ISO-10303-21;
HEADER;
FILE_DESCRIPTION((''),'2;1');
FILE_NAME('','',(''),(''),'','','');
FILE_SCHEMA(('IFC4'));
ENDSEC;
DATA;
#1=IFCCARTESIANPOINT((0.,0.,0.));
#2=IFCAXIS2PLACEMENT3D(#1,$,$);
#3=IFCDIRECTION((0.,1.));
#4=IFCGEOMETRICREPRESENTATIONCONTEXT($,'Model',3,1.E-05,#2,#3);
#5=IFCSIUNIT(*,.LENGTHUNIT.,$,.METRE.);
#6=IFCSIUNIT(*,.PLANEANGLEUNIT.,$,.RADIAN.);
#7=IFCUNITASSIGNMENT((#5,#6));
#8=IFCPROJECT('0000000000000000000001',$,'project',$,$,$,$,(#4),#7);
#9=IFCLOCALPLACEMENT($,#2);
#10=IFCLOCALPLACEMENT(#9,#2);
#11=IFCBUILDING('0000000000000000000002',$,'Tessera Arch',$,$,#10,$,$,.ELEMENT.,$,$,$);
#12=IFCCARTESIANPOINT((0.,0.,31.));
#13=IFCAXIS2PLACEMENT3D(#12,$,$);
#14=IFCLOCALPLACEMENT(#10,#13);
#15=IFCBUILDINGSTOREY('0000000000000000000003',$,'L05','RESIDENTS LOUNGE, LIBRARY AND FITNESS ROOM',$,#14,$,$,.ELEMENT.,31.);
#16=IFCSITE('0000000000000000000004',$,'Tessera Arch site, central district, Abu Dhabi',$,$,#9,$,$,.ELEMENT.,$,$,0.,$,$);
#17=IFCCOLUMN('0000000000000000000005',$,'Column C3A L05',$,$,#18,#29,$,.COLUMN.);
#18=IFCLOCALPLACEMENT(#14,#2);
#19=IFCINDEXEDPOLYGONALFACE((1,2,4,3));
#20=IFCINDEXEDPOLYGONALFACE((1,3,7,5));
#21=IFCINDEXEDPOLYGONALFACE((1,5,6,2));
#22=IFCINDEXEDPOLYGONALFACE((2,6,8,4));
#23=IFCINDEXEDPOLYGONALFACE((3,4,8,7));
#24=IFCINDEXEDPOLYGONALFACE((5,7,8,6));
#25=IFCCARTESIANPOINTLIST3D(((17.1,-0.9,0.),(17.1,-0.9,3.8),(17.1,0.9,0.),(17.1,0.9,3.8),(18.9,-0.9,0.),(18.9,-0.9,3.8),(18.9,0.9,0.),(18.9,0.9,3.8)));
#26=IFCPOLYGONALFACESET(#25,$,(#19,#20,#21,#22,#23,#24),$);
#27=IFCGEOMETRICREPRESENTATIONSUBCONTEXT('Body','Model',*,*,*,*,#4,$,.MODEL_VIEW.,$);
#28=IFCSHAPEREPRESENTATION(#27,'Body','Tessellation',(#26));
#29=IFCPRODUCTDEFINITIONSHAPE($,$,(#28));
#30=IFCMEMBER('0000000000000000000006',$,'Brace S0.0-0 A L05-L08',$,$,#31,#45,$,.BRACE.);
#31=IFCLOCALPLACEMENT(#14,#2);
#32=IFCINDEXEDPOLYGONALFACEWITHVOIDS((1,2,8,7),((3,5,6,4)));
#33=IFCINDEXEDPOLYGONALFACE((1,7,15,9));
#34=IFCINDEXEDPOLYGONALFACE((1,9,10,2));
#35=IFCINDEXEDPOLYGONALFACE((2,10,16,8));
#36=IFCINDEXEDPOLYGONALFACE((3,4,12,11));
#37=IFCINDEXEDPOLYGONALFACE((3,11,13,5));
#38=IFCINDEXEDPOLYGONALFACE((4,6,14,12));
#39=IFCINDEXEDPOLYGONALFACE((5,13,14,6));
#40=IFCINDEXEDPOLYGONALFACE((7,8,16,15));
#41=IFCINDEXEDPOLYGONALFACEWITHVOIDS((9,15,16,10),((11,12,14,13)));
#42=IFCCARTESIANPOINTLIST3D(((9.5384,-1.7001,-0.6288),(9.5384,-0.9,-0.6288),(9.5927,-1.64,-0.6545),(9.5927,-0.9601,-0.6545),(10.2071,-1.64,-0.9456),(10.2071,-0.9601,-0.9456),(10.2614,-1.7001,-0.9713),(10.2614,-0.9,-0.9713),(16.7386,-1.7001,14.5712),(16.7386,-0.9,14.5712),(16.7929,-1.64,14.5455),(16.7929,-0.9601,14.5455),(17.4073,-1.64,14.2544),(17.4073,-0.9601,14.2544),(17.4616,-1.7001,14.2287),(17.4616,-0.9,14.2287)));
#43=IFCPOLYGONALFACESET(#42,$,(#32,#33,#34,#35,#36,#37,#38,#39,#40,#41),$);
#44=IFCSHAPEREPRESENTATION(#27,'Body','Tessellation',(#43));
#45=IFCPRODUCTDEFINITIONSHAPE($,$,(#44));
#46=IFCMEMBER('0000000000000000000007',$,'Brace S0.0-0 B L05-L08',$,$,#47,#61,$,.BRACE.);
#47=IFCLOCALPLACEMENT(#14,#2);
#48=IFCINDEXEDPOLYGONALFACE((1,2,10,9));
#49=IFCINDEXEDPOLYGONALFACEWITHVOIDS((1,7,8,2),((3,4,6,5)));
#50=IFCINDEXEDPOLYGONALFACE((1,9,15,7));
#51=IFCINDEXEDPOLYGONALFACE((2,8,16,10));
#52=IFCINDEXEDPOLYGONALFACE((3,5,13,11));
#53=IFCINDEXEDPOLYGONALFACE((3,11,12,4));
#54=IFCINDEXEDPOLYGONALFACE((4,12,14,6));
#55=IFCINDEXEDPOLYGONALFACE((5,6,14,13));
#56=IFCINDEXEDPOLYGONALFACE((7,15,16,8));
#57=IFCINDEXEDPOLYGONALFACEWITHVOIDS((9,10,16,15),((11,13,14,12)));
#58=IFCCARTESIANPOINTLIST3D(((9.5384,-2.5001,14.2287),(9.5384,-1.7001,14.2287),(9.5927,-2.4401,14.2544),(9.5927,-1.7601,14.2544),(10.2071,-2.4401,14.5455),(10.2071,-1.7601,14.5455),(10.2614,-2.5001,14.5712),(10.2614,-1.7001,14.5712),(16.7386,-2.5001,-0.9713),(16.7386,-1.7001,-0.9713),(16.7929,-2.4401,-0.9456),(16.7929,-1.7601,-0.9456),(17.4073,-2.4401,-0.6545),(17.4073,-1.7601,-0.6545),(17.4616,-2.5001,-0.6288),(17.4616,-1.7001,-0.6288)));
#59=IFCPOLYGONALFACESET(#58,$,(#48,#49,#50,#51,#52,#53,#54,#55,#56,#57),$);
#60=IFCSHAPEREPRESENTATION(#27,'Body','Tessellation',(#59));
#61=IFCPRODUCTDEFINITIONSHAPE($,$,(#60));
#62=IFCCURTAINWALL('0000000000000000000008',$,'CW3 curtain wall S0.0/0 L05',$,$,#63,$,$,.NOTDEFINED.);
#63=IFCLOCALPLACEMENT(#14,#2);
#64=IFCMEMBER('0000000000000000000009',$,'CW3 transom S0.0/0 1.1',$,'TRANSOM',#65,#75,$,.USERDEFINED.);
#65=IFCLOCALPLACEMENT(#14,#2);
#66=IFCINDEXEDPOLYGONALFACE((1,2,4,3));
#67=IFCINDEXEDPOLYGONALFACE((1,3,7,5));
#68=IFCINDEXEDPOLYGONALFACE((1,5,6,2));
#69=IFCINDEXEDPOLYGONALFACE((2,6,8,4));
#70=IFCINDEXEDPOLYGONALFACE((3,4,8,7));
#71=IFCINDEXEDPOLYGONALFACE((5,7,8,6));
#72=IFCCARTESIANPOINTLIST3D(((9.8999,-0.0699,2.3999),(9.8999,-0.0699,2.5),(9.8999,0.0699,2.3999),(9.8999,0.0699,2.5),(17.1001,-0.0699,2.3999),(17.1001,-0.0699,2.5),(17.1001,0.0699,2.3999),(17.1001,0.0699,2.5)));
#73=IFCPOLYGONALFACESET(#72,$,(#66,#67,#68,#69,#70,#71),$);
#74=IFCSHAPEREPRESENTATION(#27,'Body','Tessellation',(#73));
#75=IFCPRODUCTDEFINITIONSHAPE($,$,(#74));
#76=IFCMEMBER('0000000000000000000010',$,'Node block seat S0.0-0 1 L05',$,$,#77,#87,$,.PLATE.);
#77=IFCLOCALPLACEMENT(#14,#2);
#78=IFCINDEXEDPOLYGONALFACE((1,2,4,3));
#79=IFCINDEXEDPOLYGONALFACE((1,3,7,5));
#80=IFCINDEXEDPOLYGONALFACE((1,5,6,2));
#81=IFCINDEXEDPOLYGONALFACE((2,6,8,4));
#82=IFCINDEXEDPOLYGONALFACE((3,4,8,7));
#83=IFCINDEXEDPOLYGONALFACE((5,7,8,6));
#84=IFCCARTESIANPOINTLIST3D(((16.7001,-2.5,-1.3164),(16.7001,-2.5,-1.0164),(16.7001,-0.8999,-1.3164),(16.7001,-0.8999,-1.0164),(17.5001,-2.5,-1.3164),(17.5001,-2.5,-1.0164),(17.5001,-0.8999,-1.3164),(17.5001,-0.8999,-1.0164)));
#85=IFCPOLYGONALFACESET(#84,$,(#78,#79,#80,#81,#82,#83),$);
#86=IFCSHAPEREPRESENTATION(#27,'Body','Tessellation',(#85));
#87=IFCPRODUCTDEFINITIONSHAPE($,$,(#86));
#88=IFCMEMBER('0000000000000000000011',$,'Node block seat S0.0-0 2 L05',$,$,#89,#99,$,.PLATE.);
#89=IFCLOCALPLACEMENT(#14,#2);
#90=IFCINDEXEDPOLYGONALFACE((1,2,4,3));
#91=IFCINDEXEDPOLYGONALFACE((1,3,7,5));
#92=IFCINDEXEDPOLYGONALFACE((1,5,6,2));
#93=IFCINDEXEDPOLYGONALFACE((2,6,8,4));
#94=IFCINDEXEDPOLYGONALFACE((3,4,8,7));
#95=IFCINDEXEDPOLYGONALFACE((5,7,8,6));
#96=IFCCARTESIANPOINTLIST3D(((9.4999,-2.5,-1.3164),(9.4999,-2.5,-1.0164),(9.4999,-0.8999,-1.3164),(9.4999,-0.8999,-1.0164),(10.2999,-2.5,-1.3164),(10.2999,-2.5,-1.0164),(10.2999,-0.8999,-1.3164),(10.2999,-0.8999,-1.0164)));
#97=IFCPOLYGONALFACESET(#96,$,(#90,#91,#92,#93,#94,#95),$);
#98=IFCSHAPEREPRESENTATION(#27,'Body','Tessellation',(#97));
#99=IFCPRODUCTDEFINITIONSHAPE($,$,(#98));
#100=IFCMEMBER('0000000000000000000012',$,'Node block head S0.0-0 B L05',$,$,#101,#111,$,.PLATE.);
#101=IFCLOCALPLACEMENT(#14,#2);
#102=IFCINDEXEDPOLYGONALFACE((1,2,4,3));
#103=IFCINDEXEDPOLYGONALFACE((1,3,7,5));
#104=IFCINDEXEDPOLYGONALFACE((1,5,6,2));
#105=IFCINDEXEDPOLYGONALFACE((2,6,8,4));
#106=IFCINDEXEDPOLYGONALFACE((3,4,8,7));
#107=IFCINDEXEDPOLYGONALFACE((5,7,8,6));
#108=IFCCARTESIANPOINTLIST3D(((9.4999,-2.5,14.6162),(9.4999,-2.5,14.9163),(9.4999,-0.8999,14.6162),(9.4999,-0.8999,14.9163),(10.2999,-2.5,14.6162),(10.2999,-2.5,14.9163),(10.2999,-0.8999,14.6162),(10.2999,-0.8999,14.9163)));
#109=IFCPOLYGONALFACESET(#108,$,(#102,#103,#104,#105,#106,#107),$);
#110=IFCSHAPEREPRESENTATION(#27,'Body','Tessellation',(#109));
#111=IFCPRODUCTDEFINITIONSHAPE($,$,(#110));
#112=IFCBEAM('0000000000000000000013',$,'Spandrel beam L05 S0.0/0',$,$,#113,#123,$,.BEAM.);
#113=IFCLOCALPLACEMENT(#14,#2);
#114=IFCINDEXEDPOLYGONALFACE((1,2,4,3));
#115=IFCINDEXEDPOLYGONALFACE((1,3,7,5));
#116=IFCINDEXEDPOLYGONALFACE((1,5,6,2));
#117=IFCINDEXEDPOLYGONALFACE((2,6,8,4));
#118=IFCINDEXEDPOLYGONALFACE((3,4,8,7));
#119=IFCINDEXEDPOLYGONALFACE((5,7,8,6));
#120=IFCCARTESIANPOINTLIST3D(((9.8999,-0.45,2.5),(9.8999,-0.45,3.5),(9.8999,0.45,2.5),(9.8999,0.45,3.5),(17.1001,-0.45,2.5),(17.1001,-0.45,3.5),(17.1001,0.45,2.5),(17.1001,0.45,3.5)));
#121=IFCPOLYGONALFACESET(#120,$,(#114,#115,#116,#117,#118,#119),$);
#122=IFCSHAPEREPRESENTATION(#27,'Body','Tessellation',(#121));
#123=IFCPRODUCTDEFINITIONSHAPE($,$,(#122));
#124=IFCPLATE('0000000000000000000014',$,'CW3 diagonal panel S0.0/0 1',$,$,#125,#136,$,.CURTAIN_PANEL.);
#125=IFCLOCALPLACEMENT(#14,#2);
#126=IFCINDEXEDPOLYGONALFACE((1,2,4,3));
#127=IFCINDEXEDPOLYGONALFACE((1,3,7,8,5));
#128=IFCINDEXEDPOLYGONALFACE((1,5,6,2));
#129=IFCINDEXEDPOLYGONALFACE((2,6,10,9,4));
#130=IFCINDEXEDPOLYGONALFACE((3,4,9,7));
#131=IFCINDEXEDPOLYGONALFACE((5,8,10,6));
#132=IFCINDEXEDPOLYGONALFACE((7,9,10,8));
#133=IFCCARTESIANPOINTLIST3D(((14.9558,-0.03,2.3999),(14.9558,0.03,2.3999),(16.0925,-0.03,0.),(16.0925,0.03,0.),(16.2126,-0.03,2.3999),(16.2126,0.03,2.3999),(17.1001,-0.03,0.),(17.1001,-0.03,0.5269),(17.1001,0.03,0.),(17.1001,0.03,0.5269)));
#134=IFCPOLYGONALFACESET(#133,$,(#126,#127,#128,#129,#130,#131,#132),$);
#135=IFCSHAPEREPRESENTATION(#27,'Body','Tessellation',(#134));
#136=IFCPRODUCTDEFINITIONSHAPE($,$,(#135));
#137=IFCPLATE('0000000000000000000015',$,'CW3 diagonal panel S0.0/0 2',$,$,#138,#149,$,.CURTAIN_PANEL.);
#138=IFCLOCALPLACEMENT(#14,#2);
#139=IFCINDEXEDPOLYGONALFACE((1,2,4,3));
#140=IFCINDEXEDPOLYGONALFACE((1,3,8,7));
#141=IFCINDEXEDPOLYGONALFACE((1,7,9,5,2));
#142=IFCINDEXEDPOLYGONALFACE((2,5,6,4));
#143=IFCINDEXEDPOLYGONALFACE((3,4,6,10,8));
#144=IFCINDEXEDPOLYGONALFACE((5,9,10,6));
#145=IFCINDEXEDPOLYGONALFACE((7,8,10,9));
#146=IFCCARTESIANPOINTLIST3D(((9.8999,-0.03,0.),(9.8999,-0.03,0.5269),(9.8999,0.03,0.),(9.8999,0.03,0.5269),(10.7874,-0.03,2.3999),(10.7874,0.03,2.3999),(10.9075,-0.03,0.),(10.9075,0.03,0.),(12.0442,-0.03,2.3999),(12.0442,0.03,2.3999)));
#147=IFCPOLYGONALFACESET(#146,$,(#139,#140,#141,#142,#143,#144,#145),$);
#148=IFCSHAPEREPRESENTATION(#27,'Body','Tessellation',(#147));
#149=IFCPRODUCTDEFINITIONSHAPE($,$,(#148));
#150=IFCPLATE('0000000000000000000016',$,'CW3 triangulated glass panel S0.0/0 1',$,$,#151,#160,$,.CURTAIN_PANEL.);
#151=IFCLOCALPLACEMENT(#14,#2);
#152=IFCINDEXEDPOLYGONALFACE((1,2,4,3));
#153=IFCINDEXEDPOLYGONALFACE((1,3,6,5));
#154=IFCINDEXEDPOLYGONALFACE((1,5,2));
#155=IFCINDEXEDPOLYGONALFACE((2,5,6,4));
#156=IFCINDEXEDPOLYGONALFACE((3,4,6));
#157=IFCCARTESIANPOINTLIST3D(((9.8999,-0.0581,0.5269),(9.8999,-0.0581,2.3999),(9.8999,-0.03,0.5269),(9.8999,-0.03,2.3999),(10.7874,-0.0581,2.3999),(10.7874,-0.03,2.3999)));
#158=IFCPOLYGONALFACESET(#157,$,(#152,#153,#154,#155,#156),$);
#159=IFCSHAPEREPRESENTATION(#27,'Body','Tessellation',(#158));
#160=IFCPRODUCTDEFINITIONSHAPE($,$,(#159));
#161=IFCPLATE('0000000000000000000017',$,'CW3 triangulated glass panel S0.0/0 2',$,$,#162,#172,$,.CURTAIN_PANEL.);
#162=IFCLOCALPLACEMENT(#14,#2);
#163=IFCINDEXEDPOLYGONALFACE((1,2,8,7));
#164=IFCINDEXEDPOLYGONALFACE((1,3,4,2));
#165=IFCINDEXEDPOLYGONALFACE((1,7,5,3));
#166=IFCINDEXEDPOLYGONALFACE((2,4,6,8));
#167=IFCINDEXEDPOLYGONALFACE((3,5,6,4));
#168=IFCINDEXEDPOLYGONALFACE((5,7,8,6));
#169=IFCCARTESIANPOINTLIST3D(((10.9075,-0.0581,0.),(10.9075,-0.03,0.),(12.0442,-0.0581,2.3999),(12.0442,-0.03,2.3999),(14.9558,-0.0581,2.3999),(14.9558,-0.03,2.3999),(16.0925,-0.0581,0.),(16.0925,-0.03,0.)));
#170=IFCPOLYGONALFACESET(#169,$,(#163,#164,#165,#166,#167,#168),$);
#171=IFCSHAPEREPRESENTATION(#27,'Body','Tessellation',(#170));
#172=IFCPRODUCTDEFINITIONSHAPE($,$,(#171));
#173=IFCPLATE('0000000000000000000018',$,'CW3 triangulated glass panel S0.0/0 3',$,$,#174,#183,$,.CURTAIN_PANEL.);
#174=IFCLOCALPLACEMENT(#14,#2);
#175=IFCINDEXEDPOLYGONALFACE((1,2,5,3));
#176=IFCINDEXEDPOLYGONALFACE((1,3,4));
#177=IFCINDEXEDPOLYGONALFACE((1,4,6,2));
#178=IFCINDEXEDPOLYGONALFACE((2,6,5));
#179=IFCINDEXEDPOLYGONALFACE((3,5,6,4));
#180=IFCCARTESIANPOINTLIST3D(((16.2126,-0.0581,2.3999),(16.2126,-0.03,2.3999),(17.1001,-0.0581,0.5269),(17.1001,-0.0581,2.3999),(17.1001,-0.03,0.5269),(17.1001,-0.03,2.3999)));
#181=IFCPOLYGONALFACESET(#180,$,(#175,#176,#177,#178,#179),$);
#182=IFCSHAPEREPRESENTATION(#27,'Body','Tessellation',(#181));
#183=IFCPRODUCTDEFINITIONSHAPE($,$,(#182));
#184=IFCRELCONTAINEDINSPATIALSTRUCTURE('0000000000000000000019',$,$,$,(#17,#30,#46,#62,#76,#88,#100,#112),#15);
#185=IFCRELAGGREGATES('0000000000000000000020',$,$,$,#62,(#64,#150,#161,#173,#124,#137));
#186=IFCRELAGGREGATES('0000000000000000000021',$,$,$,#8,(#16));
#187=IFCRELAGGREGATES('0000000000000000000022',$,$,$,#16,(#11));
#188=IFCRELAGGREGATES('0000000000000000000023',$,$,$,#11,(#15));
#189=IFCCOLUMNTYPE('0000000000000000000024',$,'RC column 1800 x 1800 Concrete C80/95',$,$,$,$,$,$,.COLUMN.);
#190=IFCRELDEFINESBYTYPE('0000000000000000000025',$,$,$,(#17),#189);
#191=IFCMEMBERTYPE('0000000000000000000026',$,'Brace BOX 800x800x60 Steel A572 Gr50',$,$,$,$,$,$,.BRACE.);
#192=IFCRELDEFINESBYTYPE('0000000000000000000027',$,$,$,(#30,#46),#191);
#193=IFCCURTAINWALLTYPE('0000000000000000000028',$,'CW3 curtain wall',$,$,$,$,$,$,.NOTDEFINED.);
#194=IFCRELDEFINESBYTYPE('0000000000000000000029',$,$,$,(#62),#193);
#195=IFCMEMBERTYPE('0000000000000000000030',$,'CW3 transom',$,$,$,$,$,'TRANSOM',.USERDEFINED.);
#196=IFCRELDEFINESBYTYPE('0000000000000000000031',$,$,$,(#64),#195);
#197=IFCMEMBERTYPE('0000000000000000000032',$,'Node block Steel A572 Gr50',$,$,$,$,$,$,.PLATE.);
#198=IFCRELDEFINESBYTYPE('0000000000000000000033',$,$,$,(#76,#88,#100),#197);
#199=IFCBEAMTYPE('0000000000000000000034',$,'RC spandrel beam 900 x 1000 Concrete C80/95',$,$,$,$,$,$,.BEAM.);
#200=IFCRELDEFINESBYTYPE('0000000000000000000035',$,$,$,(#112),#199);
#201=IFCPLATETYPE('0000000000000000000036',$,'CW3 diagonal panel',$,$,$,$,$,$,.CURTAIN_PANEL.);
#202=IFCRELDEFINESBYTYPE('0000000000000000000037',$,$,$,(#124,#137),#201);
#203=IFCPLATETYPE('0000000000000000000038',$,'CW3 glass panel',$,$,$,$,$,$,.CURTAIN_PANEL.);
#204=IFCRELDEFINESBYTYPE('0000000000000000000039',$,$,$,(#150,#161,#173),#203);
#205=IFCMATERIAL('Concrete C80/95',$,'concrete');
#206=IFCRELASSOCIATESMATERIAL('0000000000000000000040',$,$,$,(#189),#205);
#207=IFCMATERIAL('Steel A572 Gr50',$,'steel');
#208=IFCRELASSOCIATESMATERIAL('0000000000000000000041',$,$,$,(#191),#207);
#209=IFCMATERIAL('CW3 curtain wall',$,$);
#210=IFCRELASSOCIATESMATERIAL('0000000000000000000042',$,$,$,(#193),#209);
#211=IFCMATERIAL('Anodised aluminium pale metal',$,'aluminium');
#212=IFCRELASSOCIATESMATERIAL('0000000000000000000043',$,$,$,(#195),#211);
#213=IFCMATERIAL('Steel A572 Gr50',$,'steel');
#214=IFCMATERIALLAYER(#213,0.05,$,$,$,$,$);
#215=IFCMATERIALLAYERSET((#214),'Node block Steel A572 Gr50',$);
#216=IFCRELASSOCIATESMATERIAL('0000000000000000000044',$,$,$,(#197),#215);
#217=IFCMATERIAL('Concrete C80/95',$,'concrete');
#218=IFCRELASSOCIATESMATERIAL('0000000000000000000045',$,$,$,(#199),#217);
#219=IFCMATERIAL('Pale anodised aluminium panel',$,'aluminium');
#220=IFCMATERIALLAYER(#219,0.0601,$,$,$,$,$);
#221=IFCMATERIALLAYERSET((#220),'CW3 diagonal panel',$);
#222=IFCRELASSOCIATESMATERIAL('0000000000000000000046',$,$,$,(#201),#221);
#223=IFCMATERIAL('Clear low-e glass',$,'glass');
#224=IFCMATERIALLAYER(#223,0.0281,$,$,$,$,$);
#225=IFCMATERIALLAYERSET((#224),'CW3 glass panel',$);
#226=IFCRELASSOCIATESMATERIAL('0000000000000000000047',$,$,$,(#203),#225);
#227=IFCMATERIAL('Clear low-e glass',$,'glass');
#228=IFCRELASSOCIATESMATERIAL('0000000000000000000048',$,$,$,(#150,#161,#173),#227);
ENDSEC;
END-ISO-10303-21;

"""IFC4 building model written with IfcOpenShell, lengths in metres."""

from ifc_helpers import new_model, si_unit, direction, frame, origin, origin_2d, place, context, subcontext, project, spatial, polyline, rectangle, hollow_rectangle, outline, extrude, material, layer, layer_set, material_profile, profile_set, type_object, element, aggregate, save


model = new_model("IFC4")

# Units and contexts
model_context = context("Model", 3, precision=1e-05, world=origin(), true_north=direction((0.0, 1.0)))
body_context = subcontext(model_context, "Body", "Model", "MODEL_VIEW")
ifc_project = project(units=[si_unit("LENGTHUNIT", "METRE"), si_unit("PLANEANGLEUNIT", "RADIAN")], contexts=[model_context])

# Site, building, storey
site_placement = place(None, origin())
site = spatial("IfcSite", under=ifc_project, at=site_placement, Name="Tessera Arch site, central district, Abu Dhabi", CompositionType="ELEMENT", RefElevation=0.0)
building_placement = place(site_placement, origin())
building = spatial("IfcBuilding", under=site, at=building_placement, Name="Tessera Arch", CompositionType="ELEMENT")
storey_placement = place(building_placement, frame((0.0, 0.0, 31.0)))
storey = spatial("IfcBuildingStorey", under=building, at=storey_placement, Name="L05", Description="RESIDENTS LOUNGE, LIBRARY AND FITNESS ROOM", CompositionType="ELEMENT", Elevation=31.0)

# Column
ifc_material_1 = material(Name="Concrete C80/95", Category="concrete")
ifc_material_profile_1 = material_profile(ifc_material_1, rectangle(XDim=1.8, YDim=1.8, at=origin_2d()), Name="RC column 1800 x 1800 Concrete C80/95")
ifc_profile_set_1 = profile_set([ifc_material_profile_1], Name="Concrete C80/95")
column_type = type_object("IfcColumnType", Name="RC column 1800 x 1800 Concrete C80/95", PredefinedType="COLUMN", material=ifc_profile_set_1)
column_placement = place(storey_placement, frame((18.0, 0.0, 0.0), z_axis=(0.0, 0.0, 1.0), x_axis=(1.0, 0.0, 0.0)))
element("IfcColumn", 1, at=column_placement, inside=storey, type_object=column_type, Name="Column C3A L05", PredefinedType="COLUMN", context=body_context, shape_type="SweptSolid", body=[
    extrude(rectangle(XDim=1.8, YDim=1.8, at=origin_2d()), origin(), (0.0, 0.0, 1.0), 3.8),
])

# Members
ifc_material_2 = material(Name="Steel A572 Gr50", Category="steel")
ifc_material_profile_2 = material_profile(ifc_material_2, hollow_rectangle(XDim=0.8, YDim=0.8, WallThickness=0.0601, at=origin_2d()), Name="BOX 800x800x60")
ifc_profile_set_2 = profile_set([ifc_material_profile_2], Name="Steel A572 Gr50")
member_type_1 = type_object("IfcMemberType", Name="Brace BOX 800x800x60 Steel A572 Gr50", PredefinedType="BRACE", material=ifc_profile_set_2)
for number, where, z_axis, x_axis, name in (
    (2, (9.8999, -1.3, -0.8), (0.428097, 0.0, 0.903733), (0.0, 1.0, 0.0), "Brace S0.0-0 A L05-L08"),
    (3, (17.1001, -2.1001, -0.8), (-0.428097, 0.0, 0.903733), (0.0, -1.0, 0.0), "Brace S0.0-0 B L05-L08"),
):
    element("IfcMember", number, at=place(storey_placement, frame(where, z_axis=z_axis, x_axis=x_axis)), inside=storey, type_object=member_type_1, Name=name, PredefinedType="BRACE", context=body_context, shape_type="SweptSolid", body=[
        extrude(hollow_rectangle(XDim=0.8, YDim=0.8, WallThickness=0.0601, at=origin_2d()), origin(), (0.0, 0.0, 1.0), 16.8191),
    ])

# Curtain wall, member
ifc_material_3 = material(Name="CW3 curtain wall")
curtain_wall_type = type_object("IfcCurtainWallType", Name="CW3 curtain wall", PredefinedType="NOTDEFINED", material=ifc_material_3)
curtain_wall_placement = place(storey_placement, origin())
curtain_wall = element("IfcCurtainWall", 4, at=curtain_wall_placement, inside=storey, type_object=curtain_wall_type, Name="CW3 curtain wall S0.0/0 L05", PredefinedType="NOTDEFINED")
ifc_material_4 = material(Name="Anodised aluminium pale metal", Category="aluminium")
ifc_material_profile_3 = material_profile(ifc_material_4, rectangle(XDim=0.1399, YDim=0.1001, at=origin_2d()), Name="AL 140x100")
ifc_profile_set_3 = profile_set([ifc_material_profile_3], Name="Anodised aluminium pale metal")
member_type_2 = type_object("IfcMemberType", Name="CW3 transom", ElementType="TRANSOM", PredefinedType="USERDEFINED", material=ifc_profile_set_3)
member_placement = place(storey_placement, frame((9.8999, 0.0, 2.45), z_axis=(1.0, 0.0, 0.0), x_axis=(0.0, 1.0, 0.0)))
member = element("IfcMember", 5, at=member_placement, type_object=member_type_2, Name="CW3 transom S0.0/0 1.1", ObjectType="TRANSOM", PredefinedType="USERDEFINED", context=body_context, shape_type="SweptSolid", body=[
    extrude(rectangle(XDim=0.1399, YDim=0.1001, at=origin_2d()), origin(), (0.0, 0.0, 1.0), 7.2002),
])

# Members
ifc_material_5 = material(Name="Steel A572 Gr50", Category="steel")
ifc_layer_1 = layer(ifc_material_5, 0.05)
ifc_layer_set_1 = layer_set([ifc_layer_1], Name="Node block Steel A572 Gr50")
member_type_3 = type_object("IfcMemberType", Name="Node block Steel A572 Gr50", PredefinedType="PLATE", material=ifc_layer_set_1)
for number, where, z_axis, x_axis, name in (
    (6, (17.1001, -1.7, -1.3164), (0.0, 0.0, 1.0), (1.0, 0.0, 0.0), "Node block seat S0.0-0 1 L05"),
    (7, (9.8999, -1.7, -1.3164), (0.0, 0.0, 1.0), (1.0, 0.0, 0.0), "Node block seat S0.0-0 2 L05"),
    (8, (9.8999, -1.7, 14.6162), (0.0, 0.0, 1.0), (1.0, 0.0, 0.0), "Node block head S0.0-0 B L05"),
):
    element("IfcMember", number, at=place(storey_placement, frame(where, z_axis=z_axis, x_axis=x_axis)), inside=storey, type_object=member_type_3, Name=name, PredefinedType="PLATE", context=body_context, shape_type="SweptSolid", body=[
        extrude(rectangle(XDim=0.8, YDim=1.6001, at=origin_2d()), origin(), (0.0, 0.0, 1.0), 0.3),
    ])

# Beam
ifc_material_6 = material(Name="Concrete C80/95", Category="concrete")
ifc_material_profile_4 = material_profile(ifc_material_6, rectangle(XDim=0.8999, YDim=1.0, at=origin_2d()), Name="RC spandrel beam 900 x 1000 Concrete C80/95")
ifc_profile_set_4 = profile_set([ifc_material_profile_4], Name="Concrete C80/95")
beam_type = type_object("IfcBeamType", Name="RC spandrel beam 900 x 1000 Concrete C80/95", PredefinedType="BEAM", material=ifc_profile_set_4)
beam_placement = place(storey_placement, frame((9.8999, 0.0, 3.0), z_axis=(1.0, 0.0, 0.0), x_axis=(0.0, 1.0, 0.0)))
element("IfcBeam", 9, at=beam_placement, inside=storey, type_object=beam_type, Name="Spandrel beam L05 S0.0/0", PredefinedType="BEAM", context=body_context, shape_type="SweptSolid", body=[
    extrude(rectangle(XDim=0.8999, YDim=1.0, at=origin_2d()), origin(), (0.0, 0.0, 1.0), 7.2002),
])

# Plates
ifc_material_7 = material(Name="Pale anodised aluminium panel", Category="aluminium")
ifc_layer_2 = layer(ifc_material_7, 0.0601)
ifc_layer_set_2 = layer_set([ifc_layer_2], Name="CW3 diagonal panel")
plate_type_1 = type_object("IfcPlateType", Name="CW3 diagonal panel", PredefinedType="CURTAIN_PANEL", material=ifc_layer_set_2)
plate_1_placement = place(storey_placement, frame((17.1001, -0.03, 0.0), z_axis=(0.0, -1.0, 0.0), x_axis=(0.0, 0.0, 1.0)))
plate_1 = element("IfcPlate", 10, at=plate_1_placement, type_object=plate_type_1, Name="CW3 diagonal panel S0.0/0 1", PredefinedType="CURTAIN_PANEL", context=body_context, shape_type="SweptSolid", body=[
    extrude(outline(polyline([(0.0, 0.0), (0.5269, 0.0), (2.3999, 0.8875), (2.3999, 2.1443), (0.0, 1.0076), (0.0, 0.0)])), origin(), (0.0, 0.0, -1.0), 0.0601),
])
plate_2_placement = place(storey_placement, frame((12.0442, -0.03, 2.3999), z_axis=(0.0, -1.0, 0.0), x_axis=(-1.0, 0.0, 0.0)))
plate_2 = element("IfcPlate", 11, at=plate_2_placement, type_object=plate_type_1, Name="CW3 diagonal panel S0.0/0 2", PredefinedType="CURTAIN_PANEL", context=body_context, shape_type="SweptSolid", body=[
    extrude(outline(polyline([(0.0, 0.0), (1.2568, 0.0), (2.1443, 1.873), (2.1443, 2.3999), (1.1367, 2.3999), (0.0, 0.0)])), origin(), (0.0, 0.0, -1.0), 0.0601),
])
ifc_material_8 = material(Name="Clear low-e glass", Category="glass")
ifc_material_9 = material(Name="Clear low-e glass", Category="glass")
ifc_layer_3 = layer(ifc_material_9, 0.0281)
ifc_layer_set_3 = layer_set([ifc_layer_3], Name="CW3 glass panel")
plate_type_2 = type_object("IfcPlateType", Name="CW3 glass panel", PredefinedType="CURTAIN_PANEL", material=ifc_layer_set_3)
plate_3_placement = place(storey_placement, frame((9.8999, -0.0581, 2.3999), z_axis=(0.0, -1.0, 0.0), x_axis=(0.0, 0.0, -1.0)))
plate_3 = element("IfcPlate", 12, at=plate_3_placement, type_object=plate_type_2, material=ifc_material_8, Name="CW3 triangulated glass panel S0.0/0 1", PredefinedType="CURTAIN_PANEL", context=body_context, shape_type="SweptSolid", body=[
    extrude(outline(polyline([(0.0, 0.0), (1.873, 0.0), (0.0, 0.8875), (0.0, 0.0)])), origin(), (0.0, 0.0, -1.0), 0.0281),
])
plate_4_placement = place(storey_placement, frame((14.9558, -0.0581, 2.3999), z_axis=(0.0, -1.0, 0.0), x_axis=(-1.0, 0.0, 0.0)))
plate_4 = element("IfcPlate", 13, at=plate_4_placement, type_object=plate_type_2, material=ifc_material_8, Name="CW3 triangulated glass panel S0.0/0 2", PredefinedType="CURTAIN_PANEL", context=body_context, shape_type="SweptSolid", body=[
    extrude(outline(polyline([(0.0, 0.0), (2.9116, 0.0), (4.0483, 2.3999), (-1.1367, 2.3999), (0.0, 0.0)])), origin(), (0.0, 0.0, -1.0), 0.0281),
])
plate_5_placement = place(storey_placement, frame((17.1001, -0.0581, 2.3999), z_axis=(0.0, -1.0, 0.0), x_axis=(-1.0, 0.0, 0.0)))
plate_5 = element("IfcPlate", 14, at=plate_5_placement, type_object=plate_type_2, material=ifc_material_8, Name="CW3 triangulated glass panel S0.0/0 3", PredefinedType="CURTAIN_PANEL", context=body_context, shape_type="SweptSolid", body=[
    extrude(outline(polyline([(0.0, 0.0), (0.8875, 0.0), (0.0, 1.873), (0.0, 0.0)])), origin(), (0.0, 0.0, -1.0), 0.0281),
])
aggregate(curtain_wall, [member, plate_3, plate_4, plate_5, plate_1, plate_2])

save(model, "model.ifc")
